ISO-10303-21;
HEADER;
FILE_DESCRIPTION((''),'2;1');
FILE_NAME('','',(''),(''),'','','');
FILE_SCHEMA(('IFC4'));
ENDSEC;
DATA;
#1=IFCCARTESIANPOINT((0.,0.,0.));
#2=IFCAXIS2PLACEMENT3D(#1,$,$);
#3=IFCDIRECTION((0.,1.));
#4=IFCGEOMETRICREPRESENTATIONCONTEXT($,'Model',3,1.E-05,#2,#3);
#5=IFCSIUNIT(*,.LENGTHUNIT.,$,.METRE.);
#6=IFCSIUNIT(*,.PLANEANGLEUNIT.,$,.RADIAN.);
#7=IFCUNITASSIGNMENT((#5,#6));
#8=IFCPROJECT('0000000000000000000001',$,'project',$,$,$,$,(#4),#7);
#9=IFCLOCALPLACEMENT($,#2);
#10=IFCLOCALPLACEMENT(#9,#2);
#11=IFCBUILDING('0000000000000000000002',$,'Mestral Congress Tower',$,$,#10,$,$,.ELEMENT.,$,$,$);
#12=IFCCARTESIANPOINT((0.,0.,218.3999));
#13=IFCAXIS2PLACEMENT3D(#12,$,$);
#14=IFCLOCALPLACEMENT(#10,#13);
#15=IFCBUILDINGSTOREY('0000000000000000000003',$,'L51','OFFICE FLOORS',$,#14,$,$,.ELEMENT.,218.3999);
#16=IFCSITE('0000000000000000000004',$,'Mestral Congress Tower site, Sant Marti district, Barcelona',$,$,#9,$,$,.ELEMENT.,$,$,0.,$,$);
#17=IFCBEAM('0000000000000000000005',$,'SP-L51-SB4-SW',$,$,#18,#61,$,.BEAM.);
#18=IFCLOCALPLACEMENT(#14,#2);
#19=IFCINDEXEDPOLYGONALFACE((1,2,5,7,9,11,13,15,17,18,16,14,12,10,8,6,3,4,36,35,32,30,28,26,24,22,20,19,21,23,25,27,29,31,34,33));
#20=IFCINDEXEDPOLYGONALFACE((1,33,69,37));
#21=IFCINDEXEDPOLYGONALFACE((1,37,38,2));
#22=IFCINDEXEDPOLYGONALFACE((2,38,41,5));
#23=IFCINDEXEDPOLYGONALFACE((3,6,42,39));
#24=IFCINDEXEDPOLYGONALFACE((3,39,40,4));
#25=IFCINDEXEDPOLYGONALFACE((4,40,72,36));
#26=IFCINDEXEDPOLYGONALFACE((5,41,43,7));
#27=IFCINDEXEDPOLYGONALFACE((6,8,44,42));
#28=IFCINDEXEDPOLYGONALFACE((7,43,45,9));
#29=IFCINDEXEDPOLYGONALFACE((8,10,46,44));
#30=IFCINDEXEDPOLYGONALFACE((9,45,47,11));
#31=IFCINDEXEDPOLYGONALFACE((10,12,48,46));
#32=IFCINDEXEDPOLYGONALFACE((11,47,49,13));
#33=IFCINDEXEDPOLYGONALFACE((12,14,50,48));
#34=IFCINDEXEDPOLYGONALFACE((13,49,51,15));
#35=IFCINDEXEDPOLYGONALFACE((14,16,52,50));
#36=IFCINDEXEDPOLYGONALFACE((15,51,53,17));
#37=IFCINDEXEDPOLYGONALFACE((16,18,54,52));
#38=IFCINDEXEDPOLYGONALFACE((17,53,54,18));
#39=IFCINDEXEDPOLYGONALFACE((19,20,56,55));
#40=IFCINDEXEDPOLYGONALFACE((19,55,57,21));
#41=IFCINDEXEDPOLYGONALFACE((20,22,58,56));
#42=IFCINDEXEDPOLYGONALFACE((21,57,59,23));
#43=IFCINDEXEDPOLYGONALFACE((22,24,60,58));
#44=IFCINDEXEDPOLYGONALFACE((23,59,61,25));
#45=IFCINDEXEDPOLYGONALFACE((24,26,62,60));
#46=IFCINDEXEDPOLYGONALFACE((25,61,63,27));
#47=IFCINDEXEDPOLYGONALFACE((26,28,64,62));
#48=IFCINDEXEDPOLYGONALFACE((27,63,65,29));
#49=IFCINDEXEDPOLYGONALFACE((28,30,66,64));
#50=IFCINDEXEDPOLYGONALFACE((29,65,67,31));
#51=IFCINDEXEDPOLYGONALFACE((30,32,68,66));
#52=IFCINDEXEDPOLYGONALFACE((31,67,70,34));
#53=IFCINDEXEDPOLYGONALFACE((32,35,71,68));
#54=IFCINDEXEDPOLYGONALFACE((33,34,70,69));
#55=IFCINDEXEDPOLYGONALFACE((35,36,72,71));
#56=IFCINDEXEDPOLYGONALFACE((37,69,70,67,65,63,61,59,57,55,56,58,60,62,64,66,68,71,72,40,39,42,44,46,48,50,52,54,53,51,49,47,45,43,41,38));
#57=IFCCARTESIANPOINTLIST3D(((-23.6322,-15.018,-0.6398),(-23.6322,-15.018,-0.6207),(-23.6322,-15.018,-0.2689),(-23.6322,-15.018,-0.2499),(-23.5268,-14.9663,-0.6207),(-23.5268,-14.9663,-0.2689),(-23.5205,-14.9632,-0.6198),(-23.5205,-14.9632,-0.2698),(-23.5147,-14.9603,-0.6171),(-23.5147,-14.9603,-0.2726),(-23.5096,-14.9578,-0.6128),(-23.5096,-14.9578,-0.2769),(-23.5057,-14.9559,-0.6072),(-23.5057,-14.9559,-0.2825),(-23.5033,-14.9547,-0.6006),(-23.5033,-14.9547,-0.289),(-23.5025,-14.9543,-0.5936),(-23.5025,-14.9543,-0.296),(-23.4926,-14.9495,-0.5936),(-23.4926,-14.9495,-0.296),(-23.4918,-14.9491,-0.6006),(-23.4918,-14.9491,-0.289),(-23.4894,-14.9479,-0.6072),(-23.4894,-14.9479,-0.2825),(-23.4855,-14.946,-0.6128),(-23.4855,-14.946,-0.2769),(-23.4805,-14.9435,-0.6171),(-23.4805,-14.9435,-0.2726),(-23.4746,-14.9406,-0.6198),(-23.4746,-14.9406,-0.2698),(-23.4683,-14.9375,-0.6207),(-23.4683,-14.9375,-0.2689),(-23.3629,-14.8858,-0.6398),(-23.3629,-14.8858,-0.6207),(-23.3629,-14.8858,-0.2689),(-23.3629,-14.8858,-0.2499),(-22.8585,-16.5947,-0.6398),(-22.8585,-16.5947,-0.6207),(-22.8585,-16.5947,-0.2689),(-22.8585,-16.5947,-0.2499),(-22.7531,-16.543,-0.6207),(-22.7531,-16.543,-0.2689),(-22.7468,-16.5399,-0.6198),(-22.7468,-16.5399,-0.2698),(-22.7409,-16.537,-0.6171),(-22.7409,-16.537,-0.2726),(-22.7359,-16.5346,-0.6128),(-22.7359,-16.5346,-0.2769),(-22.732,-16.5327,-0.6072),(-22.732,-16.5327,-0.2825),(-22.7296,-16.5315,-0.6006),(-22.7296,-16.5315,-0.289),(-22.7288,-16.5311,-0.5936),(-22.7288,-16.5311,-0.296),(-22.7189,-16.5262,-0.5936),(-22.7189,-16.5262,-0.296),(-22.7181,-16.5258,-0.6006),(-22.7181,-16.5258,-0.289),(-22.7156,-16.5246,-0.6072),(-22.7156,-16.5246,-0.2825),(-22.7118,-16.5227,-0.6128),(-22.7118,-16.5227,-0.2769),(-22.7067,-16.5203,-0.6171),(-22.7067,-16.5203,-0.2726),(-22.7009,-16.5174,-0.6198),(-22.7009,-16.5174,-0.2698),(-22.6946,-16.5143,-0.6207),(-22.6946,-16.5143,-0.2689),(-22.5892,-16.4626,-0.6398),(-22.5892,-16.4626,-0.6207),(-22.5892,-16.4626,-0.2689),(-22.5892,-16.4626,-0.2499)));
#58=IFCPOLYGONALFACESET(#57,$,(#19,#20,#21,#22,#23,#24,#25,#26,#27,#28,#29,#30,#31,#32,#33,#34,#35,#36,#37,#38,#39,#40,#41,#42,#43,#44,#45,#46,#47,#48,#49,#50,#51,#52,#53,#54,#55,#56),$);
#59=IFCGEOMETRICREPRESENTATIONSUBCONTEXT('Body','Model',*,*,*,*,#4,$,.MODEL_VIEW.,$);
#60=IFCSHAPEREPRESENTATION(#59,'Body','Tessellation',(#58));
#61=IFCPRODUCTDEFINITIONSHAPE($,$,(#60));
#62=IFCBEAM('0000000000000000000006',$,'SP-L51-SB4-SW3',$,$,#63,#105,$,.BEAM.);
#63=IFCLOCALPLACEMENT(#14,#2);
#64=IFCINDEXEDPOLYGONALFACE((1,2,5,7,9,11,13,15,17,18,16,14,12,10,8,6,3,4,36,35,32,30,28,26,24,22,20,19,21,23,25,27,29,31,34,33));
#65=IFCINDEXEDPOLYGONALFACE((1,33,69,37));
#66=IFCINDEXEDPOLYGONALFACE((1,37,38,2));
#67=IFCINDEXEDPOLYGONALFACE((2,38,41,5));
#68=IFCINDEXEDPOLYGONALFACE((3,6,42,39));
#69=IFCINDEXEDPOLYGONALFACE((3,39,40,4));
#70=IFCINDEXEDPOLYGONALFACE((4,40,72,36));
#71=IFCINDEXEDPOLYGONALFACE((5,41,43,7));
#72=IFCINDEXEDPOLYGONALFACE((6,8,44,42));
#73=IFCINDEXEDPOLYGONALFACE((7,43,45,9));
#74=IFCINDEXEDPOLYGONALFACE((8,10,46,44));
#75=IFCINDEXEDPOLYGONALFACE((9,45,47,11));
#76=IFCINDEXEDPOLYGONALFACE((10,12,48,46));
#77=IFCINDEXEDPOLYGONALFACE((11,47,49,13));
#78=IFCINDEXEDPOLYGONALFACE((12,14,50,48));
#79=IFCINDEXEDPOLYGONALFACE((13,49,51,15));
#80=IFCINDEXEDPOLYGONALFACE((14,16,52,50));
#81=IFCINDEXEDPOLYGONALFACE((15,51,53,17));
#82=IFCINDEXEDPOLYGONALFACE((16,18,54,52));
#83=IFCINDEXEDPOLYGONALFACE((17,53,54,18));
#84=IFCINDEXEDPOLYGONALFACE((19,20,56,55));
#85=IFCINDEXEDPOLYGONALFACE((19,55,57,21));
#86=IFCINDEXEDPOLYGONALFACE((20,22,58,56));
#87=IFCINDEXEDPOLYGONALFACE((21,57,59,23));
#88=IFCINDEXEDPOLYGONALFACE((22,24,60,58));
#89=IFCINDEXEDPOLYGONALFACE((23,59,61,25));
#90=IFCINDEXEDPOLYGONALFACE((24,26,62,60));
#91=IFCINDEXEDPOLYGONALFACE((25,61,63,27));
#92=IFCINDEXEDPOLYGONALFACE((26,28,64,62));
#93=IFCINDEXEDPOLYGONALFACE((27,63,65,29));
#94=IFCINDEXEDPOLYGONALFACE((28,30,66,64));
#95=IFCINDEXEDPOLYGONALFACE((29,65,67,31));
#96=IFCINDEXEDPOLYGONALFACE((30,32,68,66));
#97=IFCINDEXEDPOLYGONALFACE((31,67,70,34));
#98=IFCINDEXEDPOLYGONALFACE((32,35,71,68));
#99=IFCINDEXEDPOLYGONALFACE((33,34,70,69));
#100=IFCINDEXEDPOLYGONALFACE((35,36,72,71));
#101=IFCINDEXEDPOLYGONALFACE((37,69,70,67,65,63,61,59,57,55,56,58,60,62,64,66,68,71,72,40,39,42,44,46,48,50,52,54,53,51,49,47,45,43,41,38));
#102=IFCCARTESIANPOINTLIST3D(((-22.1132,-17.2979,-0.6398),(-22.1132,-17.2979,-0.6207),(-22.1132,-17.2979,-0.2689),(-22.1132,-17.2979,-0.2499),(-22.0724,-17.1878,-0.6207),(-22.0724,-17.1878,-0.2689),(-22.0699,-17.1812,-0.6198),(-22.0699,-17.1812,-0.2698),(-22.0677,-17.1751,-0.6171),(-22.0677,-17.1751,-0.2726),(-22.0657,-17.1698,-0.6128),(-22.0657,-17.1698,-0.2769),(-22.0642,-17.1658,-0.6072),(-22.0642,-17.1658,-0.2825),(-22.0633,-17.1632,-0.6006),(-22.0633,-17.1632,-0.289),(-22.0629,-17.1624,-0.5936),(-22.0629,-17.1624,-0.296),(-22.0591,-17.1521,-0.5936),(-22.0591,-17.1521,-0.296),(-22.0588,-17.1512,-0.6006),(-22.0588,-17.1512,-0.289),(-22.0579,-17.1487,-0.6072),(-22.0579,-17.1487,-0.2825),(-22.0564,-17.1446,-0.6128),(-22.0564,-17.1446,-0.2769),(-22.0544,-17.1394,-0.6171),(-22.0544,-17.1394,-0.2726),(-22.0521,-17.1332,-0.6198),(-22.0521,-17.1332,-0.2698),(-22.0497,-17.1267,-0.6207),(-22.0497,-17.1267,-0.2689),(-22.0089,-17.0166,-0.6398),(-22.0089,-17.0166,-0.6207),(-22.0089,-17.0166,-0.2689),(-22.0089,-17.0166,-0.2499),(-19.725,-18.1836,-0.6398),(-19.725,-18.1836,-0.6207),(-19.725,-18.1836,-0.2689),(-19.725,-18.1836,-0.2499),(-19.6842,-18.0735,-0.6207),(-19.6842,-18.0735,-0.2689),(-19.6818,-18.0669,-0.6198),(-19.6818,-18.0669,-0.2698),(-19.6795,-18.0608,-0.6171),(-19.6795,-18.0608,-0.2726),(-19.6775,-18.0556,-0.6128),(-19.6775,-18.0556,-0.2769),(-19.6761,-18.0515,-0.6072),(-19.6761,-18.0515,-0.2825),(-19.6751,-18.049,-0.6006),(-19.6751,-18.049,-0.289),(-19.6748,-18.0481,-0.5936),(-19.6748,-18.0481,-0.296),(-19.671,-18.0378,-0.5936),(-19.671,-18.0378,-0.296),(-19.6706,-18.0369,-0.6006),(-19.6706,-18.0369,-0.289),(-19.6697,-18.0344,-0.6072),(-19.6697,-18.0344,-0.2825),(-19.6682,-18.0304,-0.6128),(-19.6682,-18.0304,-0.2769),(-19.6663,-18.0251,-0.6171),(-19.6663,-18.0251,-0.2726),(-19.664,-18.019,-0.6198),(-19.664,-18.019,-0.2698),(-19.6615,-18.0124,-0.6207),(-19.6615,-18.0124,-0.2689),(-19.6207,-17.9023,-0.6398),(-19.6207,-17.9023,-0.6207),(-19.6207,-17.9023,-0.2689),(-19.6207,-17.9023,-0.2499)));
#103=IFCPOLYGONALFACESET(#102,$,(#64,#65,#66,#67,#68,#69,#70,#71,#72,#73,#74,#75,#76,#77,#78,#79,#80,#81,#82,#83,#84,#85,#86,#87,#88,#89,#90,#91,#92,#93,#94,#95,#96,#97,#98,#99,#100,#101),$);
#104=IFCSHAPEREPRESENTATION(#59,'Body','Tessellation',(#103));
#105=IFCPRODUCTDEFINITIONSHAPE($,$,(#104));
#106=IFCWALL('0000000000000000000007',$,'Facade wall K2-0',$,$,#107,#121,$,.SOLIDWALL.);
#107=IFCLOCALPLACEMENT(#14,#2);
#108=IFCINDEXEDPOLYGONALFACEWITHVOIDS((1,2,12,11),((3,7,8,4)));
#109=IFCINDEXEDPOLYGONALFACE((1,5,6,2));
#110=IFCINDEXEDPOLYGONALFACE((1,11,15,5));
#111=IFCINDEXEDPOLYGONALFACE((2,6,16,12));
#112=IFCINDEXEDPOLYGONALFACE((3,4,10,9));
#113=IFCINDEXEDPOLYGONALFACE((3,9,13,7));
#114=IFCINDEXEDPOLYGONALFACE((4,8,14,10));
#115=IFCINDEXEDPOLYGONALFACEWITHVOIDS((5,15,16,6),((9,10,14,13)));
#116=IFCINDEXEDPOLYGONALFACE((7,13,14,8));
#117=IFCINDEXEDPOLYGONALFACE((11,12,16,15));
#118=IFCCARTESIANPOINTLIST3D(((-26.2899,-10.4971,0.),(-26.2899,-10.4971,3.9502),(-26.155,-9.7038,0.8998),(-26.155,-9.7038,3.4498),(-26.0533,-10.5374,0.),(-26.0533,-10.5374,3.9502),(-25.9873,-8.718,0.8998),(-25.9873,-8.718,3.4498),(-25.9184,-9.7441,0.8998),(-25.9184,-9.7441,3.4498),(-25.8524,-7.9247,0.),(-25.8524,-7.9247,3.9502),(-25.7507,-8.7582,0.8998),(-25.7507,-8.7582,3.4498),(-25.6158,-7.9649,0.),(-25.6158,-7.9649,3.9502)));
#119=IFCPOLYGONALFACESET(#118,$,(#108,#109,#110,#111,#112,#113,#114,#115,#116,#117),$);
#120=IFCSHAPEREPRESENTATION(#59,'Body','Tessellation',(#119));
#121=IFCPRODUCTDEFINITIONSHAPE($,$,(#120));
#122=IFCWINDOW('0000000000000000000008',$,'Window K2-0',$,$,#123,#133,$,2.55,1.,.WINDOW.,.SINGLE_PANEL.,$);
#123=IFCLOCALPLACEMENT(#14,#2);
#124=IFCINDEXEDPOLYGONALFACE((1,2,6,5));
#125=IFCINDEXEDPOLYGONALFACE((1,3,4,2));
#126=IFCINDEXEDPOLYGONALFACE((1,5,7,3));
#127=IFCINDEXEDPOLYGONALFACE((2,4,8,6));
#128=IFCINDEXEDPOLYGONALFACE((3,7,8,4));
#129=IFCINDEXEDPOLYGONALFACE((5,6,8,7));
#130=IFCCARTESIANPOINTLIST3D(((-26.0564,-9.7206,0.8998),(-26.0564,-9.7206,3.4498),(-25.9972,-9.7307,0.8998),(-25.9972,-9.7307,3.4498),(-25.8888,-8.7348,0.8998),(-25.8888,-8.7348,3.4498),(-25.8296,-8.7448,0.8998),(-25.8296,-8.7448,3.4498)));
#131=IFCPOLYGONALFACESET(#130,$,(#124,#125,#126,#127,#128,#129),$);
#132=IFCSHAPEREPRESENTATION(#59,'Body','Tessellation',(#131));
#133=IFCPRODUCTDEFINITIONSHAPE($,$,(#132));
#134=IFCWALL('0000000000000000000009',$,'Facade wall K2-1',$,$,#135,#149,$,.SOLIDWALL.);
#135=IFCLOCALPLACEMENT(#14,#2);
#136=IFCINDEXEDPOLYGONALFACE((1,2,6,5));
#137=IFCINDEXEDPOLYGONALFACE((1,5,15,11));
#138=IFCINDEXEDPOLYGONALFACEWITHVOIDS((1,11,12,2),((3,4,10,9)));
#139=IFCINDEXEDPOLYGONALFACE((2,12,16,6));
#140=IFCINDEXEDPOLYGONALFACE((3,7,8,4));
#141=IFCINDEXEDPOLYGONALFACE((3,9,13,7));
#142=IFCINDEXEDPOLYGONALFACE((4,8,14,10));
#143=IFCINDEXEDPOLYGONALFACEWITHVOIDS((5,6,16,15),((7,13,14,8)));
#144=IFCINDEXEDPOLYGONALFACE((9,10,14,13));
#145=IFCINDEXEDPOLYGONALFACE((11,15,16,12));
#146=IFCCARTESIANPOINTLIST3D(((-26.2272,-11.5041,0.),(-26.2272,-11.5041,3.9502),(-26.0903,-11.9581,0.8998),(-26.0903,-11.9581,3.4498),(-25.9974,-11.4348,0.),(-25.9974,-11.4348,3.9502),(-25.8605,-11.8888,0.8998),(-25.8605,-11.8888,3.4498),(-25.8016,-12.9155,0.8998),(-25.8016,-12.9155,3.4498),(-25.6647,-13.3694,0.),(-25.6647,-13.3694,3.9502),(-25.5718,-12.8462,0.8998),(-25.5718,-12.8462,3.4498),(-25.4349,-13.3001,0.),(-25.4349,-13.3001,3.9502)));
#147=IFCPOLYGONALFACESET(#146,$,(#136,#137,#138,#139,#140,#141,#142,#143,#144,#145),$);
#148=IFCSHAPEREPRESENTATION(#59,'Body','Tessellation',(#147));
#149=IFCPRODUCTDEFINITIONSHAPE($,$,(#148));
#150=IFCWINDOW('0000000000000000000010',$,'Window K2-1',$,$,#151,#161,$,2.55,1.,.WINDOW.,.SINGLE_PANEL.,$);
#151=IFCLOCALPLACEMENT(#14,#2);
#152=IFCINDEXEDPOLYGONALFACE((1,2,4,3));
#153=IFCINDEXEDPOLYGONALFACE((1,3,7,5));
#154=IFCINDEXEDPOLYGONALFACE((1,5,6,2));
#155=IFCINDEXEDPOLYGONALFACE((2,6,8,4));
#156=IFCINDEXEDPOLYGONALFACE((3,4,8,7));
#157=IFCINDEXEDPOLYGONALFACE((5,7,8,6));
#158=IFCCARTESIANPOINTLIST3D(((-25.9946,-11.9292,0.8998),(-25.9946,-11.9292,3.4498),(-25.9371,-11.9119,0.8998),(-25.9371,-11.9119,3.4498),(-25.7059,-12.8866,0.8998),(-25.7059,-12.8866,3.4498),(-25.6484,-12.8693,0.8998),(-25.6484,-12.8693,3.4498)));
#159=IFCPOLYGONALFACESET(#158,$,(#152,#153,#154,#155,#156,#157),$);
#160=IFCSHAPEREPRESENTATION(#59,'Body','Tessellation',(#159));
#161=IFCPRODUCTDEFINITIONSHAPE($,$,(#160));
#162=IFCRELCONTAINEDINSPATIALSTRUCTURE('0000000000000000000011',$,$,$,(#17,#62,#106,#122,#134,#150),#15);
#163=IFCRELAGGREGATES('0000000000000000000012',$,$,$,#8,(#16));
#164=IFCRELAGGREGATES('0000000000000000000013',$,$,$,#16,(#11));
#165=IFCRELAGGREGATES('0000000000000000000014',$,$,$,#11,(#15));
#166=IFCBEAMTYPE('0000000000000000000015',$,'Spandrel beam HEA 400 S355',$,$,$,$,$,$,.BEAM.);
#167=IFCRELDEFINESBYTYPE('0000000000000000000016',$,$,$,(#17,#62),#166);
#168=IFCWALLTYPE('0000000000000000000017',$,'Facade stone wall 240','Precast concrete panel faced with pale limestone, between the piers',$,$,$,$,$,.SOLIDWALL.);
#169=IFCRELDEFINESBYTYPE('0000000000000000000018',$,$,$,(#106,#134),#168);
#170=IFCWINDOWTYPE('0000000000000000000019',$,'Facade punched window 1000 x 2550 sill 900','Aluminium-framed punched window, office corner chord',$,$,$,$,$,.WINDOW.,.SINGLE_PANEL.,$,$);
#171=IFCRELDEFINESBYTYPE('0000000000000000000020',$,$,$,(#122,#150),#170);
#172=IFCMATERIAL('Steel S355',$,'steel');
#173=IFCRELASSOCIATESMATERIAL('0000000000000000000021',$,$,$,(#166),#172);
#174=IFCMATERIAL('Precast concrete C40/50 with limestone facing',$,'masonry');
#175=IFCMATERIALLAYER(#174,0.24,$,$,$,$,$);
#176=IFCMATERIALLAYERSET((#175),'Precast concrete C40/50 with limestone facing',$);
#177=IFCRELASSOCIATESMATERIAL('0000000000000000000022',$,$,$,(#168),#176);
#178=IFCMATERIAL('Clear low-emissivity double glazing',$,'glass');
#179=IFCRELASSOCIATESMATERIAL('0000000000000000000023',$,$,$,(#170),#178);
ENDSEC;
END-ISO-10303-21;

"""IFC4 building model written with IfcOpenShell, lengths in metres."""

from ifc_helpers import new_model, si_unit, direction, frame, frame_2d, origin, origin_2d, place, context, subcontext, project, spatial, rectangle, i_section, extrude, material, layer, layer_set, material_profile, profile_set, type_object, element, fill, save


model = new_model("IFC4")

# Units and contexts
model_context = context("Model", 3, precision=1e-05, world=origin(), true_north=direction((0.0, 1.0)))
body_context = subcontext(model_context, "Body", "Model", "MODEL_VIEW")
ifc_project = project(units=[si_unit("LENGTHUNIT", "METRE"), si_unit("PLANEANGLEUNIT", "RADIAN")], contexts=[model_context])

# Site, building, storey
site_placement = place(None, origin())
site = spatial("IfcSite", under=ifc_project, at=site_placement, Name="Mestral Congress Tower site, Sant Marti district, Barcelona", CompositionType="ELEMENT", RefElevation=0.0)
building_placement = place(site_placement, origin())
building = spatial("IfcBuilding", under=site, at=building_placement, Name="Mestral Congress Tower", CompositionType="ELEMENT")
storey_placement = place(building_placement, frame((0.0, 0.0, 218.3999)))
storey = spatial("IfcBuildingStorey", under=building, at=storey_placement, Name="L51", Description="OFFICE FLOORS", CompositionType="ELEMENT", Elevation=218.3999)

# Beams
ifc_material_1 = material(Name="Steel S355", Category="steel")
ifc_material_profile_1 = material_profile(ifc_material_1, i_section(OverallWidth=0.3, OverallDepth=0.3899, WebThickness=0.011, FlangeThickness=0.019, FilletRadius=0.0271, at=origin_2d()), Name="HEA 400")
ifc_profile_set_1 = profile_set([ifc_material_profile_1], Name="Steel S355")
beam_type_1 = type_object("IfcBeamType", Name="Spandrel beam HEA 400 S355", PredefinedType="BEAM", material=ifc_profile_set_1)
for number, where, z_axis, x_axis, name in (
    (1, (-23.4976, -14.9519, -0.4448), (0.440529, -0.897739, 0.0), (0.897739, 0.440529, 0.0), "SP-L51-SB4-SW"),
):
    element("IfcBeam", number, at=place(storey_placement, frame(where, z_axis=z_axis, x_axis=x_axis)), inside=storey, type_object=beam_type_1, Name=name, PredefinedType="BEAM", context=body_context, shape_type="SweptSolid", body=[
        extrude(i_section(OverallWidth=0.3, OverallDepth=0.3899, WebThickness=0.011, FlangeThickness=0.019, FilletRadius=0.0271, at=origin_2d()), origin(), (0.0, 0.0, 1.0), 1.7563),
    ])
beam_1_placement = place(storey_placement, frame((-22.061, -17.1572, -0.4448), z_axis=(0.937591, -0.347739, 0.0), x_axis=(0.347739, 0.937591, 0.0)))
element("IfcBeam", 2, at=beam_1_placement, inside=storey, type_object=beam_type_1, Name="SP-L51-SB4-SW3", PredefinedType="BEAM", context=body_context, shape_type="SweptSolid", body=[
    extrude(i_section(OverallWidth=0.3, OverallDepth=0.3899, WebThickness=0.011, FlangeThickness=0.019, FilletRadius=0.0271, at=origin_2d()), origin(), (0.0, 0.0, 1.0), 2.5471),
])

# Walls, openings, windows
ifc_material_2 = material(Name="Precast concrete C40/50 with limestone facing", Category="masonry")
ifc_layer_1 = layer(ifc_material_2, 0.24)
ifc_layer_set_1 = layer_set([ifc_layer_1], Name="Precast concrete C40/50 with limestone facing")
wall_type_1 = type_object("IfcWallType", Name="Facade stone wall 240", Description="Precast concrete panel faced with pale limestone, between the piers", PredefinedType="SOLIDWALL", material=ifc_layer_set_1)
wall_1_placement = place(storey_placement, frame((-25.7341, -7.9448, 0.0), z_axis=(0.0, 0.0, 1.0), x_axis=(-0.16766, -0.985845, 0.0)))
wall_1 = element("IfcWall", 3, at=wall_1_placement, inside=storey, type_object=wall_type_1, Name="Facade wall K2-0", PredefinedType="SOLIDWALL", context=body_context, shape_type="SweptSolid", body=[
    extrude(rectangle(XDim=2.6094, YDim=0.24, at=frame_2d((1.3047, 0.0))), origin(), (0.0, 0.0, 1.0), 3.9502),
])
opening_1_placement = place(wall_1_placement, frame((0.8047, 0.0, 0.8999)))
opening_1 = element("IfcOpeningElement", 4, at=opening_1_placement, cuts=wall_1, PredefinedType="OPENING", context=body_context, shape_type="SweptSolid", body=[
    extrude(rectangle(XDim=1.0, YDim=2.55, at=frame_2d((0.5, 1.2749))), frame((0.0, 0.1299, 0.0), z_axis=(0.0, -1.0, 0.0), x_axis=(1.0, 0.0, 0.0)), (0.0, 0.0, 1.0), 0.26),
])
ifc_material_3 = material(Name="Clear low-emissivity double glazing", Category="glass")
window_type = type_object("IfcWindowType", Name="Facade punched window 1000 x 2550 sill 900", Description="Aluminium-framed punched window, office corner chord", PartitioningType="SINGLE_PANEL", PredefinedType="WINDOW", material=ifc_material_3)
window_1_placement = place(opening_1_placement, origin())
window_1 = element("IfcWindow", 5, at=window_1_placement, inside=storey, type_object=window_type, Name="Window K2-0", OverallHeight=2.55, OverallWidth=1.0, PartitioningType="SINGLE_PANEL", PredefinedType="WINDOW", context=body_context, shape_type="SweptSolid", body=[
    extrude(rectangle(XDim=1.0, YDim=2.55, at=frame_2d((0.5, 1.2749))), frame((0.0, 0.04, 0.0), z_axis=(0.0, -1.0, 0.0), x_axis=(1.0, 0.0, 0.0)), (0.0, 0.0, 1.0), 0.0601),
])
fill(opening_1, window_1)
wall_2_placement = place(storey_placement, frame((-26.1123, -11.4695, 0.0), z_axis=(0.0, 0.0, 1.0), x_axis=(0.288727, -0.957411, 0.0)))
wall_2 = element("IfcWall", 6, at=wall_2_placement, inside=storey, type_object=wall_type_1, Name="Facade wall K2-1", PredefinedType="SOLIDWALL", context=body_context, shape_type="SweptSolid", body=[
    extrude(rectangle(XDim=1.9482, YDim=0.24, at=frame_2d((0.9741, 0.0))), origin(), (0.0, 0.0, 1.0), 3.9502),
])
opening_2_placement = place(wall_2_placement, frame((0.4741, 0.0, 0.8999)))
opening_2 = element("IfcOpeningElement", 7, at=opening_2_placement, cuts=wall_2, PredefinedType="OPENING", context=body_context, shape_type="SweptSolid", body=[
    extrude(rectangle(XDim=1.0, YDim=2.55, at=frame_2d((0.5, 1.2749))), frame((0.0, 0.1299, 0.0), z_axis=(0.0, -1.0, 0.0), x_axis=(1.0, 0.0, 0.0)), (0.0, 0.0, 1.0), 0.26),
])
window_2_placement = place(opening_2_placement, origin())
window_2 = element("IfcWindow", 8, at=window_2_placement, inside=storey, type_object=window_type, Name="Window K2-1", OverallHeight=2.55, OverallWidth=1.0, PartitioningType="SINGLE_PANEL", PredefinedType="WINDOW", context=body_context, shape_type="SweptSolid", body=[
    extrude(rectangle(XDim=1.0, YDim=2.55, at=frame_2d((0.5, 1.2749))), frame((0.0, 0.04, 0.0), z_axis=(0.0, -1.0, 0.0), x_axis=(1.0, 0.0, 0.0)), (0.0, 0.0, 1.0), 0.0601),
])
fill(opening_2, window_2)

save(model, "model.ifc")
